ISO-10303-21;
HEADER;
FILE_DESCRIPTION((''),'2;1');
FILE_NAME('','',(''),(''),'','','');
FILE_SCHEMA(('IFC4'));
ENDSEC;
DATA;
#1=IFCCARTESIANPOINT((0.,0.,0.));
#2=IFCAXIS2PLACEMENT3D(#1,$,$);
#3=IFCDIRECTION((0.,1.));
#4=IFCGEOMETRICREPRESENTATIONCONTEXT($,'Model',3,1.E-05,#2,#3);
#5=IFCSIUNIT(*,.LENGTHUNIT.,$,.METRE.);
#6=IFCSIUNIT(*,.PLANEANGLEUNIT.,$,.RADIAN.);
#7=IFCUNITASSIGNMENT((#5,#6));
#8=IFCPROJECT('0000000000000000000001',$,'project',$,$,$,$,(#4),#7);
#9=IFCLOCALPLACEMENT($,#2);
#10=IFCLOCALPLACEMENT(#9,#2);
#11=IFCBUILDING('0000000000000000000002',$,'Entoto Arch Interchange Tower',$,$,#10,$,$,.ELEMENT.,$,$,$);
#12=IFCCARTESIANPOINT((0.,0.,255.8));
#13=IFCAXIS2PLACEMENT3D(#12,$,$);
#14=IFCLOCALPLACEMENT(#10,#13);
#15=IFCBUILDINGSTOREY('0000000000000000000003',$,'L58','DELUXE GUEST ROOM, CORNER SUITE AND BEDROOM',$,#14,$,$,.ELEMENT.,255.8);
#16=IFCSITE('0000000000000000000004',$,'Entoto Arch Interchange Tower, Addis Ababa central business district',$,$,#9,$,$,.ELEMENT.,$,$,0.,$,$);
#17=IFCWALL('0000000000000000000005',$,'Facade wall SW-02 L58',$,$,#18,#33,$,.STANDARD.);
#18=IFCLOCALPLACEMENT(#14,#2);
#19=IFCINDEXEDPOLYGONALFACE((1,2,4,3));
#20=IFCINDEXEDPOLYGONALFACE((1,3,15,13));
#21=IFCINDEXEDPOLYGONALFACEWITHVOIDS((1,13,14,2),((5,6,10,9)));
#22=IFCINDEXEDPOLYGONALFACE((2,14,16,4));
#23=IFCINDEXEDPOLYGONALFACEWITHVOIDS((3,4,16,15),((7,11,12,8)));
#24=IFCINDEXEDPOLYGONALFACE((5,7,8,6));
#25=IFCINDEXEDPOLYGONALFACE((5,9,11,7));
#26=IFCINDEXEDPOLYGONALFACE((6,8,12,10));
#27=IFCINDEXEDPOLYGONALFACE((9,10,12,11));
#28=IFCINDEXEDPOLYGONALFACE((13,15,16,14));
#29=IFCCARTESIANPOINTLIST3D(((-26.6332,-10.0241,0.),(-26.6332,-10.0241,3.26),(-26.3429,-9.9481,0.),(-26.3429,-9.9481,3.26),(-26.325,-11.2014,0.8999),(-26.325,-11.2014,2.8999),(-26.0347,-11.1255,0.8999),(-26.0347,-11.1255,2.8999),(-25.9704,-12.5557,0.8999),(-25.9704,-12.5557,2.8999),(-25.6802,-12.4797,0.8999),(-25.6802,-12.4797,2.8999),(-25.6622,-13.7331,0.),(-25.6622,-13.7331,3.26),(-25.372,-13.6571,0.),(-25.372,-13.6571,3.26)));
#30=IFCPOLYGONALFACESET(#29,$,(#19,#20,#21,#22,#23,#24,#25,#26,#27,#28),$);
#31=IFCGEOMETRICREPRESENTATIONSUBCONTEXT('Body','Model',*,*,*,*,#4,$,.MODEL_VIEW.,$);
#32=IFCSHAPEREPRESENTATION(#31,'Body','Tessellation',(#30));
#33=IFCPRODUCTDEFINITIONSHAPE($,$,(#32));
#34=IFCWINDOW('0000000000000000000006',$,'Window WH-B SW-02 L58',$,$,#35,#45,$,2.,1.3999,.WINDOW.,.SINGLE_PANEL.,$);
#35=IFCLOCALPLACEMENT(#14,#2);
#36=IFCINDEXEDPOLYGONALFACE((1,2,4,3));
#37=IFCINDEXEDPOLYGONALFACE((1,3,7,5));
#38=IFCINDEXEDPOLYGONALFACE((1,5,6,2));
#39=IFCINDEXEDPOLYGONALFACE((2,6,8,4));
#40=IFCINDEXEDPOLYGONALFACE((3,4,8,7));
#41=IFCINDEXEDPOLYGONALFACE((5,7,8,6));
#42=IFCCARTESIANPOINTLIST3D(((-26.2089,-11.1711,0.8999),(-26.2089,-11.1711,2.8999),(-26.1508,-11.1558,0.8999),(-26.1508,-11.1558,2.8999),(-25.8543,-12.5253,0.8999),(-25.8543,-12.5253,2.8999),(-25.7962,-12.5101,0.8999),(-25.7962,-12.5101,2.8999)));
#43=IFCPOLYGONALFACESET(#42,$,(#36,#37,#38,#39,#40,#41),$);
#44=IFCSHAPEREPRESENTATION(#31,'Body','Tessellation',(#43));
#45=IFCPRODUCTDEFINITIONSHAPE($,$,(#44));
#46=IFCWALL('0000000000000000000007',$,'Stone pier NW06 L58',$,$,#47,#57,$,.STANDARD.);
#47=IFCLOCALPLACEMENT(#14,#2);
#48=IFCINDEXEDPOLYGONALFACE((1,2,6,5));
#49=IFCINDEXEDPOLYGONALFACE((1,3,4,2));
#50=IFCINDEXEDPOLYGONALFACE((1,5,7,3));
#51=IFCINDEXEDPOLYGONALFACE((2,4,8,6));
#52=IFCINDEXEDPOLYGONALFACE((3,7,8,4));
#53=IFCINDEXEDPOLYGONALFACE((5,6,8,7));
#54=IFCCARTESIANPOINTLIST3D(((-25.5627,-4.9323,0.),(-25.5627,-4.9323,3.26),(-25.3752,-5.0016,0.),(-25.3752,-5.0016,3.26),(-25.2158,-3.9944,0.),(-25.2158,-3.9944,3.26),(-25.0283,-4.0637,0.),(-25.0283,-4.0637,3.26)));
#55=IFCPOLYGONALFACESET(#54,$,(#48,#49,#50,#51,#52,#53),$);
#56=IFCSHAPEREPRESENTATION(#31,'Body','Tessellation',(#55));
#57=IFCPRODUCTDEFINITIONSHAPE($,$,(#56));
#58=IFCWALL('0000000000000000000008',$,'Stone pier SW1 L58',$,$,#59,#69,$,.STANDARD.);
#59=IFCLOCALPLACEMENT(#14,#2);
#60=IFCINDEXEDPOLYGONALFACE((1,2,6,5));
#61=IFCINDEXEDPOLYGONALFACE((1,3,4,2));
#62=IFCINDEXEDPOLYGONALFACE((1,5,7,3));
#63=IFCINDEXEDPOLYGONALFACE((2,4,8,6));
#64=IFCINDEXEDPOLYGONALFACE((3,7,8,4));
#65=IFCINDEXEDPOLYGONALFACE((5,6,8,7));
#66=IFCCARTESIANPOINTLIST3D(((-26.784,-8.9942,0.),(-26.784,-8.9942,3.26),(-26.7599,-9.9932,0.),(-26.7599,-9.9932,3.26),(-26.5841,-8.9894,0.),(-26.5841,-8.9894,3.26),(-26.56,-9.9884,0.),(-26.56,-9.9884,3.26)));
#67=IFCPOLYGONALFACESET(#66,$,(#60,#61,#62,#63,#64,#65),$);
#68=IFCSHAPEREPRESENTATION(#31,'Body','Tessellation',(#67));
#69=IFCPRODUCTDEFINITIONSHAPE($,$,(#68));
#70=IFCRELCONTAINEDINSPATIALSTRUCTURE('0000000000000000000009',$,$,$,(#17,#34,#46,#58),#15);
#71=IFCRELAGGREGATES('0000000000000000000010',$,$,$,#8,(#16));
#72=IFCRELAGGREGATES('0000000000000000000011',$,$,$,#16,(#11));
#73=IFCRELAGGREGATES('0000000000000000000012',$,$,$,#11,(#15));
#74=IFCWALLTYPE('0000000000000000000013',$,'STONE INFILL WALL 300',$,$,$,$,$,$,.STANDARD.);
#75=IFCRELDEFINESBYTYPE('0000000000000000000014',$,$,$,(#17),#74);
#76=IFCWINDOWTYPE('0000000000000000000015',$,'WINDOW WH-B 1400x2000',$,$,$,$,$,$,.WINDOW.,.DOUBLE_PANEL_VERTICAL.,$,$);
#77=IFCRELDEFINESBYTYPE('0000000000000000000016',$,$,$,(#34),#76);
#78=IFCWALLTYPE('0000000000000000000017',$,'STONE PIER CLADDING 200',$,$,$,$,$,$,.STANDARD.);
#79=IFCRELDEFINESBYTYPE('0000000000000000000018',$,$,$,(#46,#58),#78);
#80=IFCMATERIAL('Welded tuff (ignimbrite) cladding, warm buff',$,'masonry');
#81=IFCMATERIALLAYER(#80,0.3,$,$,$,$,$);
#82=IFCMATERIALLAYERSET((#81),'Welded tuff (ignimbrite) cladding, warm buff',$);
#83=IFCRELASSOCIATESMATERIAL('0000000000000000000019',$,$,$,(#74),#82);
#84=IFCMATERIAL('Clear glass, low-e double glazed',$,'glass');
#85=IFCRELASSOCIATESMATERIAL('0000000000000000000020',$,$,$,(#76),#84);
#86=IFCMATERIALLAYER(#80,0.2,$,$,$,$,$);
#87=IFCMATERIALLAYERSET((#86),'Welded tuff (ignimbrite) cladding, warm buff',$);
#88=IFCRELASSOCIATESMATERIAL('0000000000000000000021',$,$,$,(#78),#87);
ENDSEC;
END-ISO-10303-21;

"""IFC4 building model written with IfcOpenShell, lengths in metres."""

from ifc_helpers import new_model, si_unit, direction, frame, frame_2d, origin, place, context, subcontext, project, spatial, rectangle, extrude, material, layer, layer_set, type_object, element, fill, save


model = new_model("IFC4")

# Units and contexts
model_context = context("Model", 3, precision=1e-05, world=origin(), true_north=direction((0.0, 1.0)))
body_context = subcontext(model_context, "Body", "Model", "MODEL_VIEW")
ifc_project = project(units=[si_unit("LENGTHUNIT", "METRE"), si_unit("PLANEANGLEUNIT", "RADIAN")], contexts=[model_context])

# Site, building, storey
site_placement = place(None, origin())
site = spatial("IfcSite", under=ifc_project, at=site_placement, Name="Entoto Arch Interchange Tower, Addis Ababa central business district", CompositionType="ELEMENT", RefElevation=0.0)
building_placement = place(site_placement, origin())
building = spatial("IfcBuilding", under=site, at=building_placement, Name="Entoto Arch Interchange Tower", CompositionType="ELEMENT")
storey_placement = place(building_placement, frame((0.0, 0.0, 255.8)))
storey = spatial("IfcBuildingStorey", under=building, at=storey_placement, Name="L58", Description="DELUXE GUEST ROOM, CORNER SUITE AND BEDROOM", CompositionType="ELEMENT", Elevation=255.8)

# Wall, opening, window
ifc_material_1 = material(Name="Welded tuff (ignimbrite) cladding, warm buff", Category="masonry")
ifc_layer_1 = layer(ifc_material_1, 0.3)
ifc_layer_set_1 = layer_set([ifc_layer_1], Name="Welded tuff (ignimbrite) cladding, warm buff")
wall_type_1 = type_object("IfcWallType", Name="STONE INFILL WALL 300", PredefinedType="STANDARD", material=ifc_layer_set_1)
ifc_material_2 = material(Name="Clear glass, low-e double glazed", Category="glass")
window_type = type_object("IfcWindowType", Name="WINDOW WH-B 1400x2000", PartitioningType="DOUBLE_PANEL_VERTICAL", PredefinedType="WINDOW", material=ifc_material_2)
wall_1_placement = place(storey_placement, frame((-26.488, -9.9861, 0.0), z_axis=(0.0, 0.0, 1.0), x_axis=(0.253249, -0.967401, 0.0)))
wall_1 = element("IfcWall", 1, at=wall_1_placement, inside=storey, type_object=wall_type_1, Name="Facade wall SW-02 L58", PredefinedType="STANDARD", context=body_context, shape_type="SweptSolid", body=[
    extrude(rectangle(XDim=3.834, YDim=0.3, at=frame_2d((1.917, 0.0))), origin(), (0.0, 0.0, 1.0), 3.26),
])
opening_1_placement = place(wall_1_placement, frame((1.217, 0.0, 0.8999)))
opening_1 = element("IfcOpeningElement", 2, at=opening_1_placement, cuts=wall_1, PredefinedType="OPENING", context=body_context, shape_type="SweptSolid", body=[
    extrude(rectangle(XDim=1.3999, YDim=2.0, at=frame_2d((0.7, 1.0))), frame((0.0, 0.1602, 0.0), z_axis=(0.0, -1.0, 0.0), x_axis=(1.0, 0.0, 0.0)), (0.0, 0.0, 1.0), 0.3201),
])
window_1_placement = place(opening_1_placement, origin())
window_1 = element("IfcWindow", 3, at=window_1_placement, inside=storey, type_object=window_type, Name="Window WH-B SW-02 L58", OverallHeight=2.0, OverallWidth=1.3999, PartitioningType="SINGLE_PANEL", PredefinedType="WINDOW", context=body_context, shape_type="SweptSolid", body=[
    extrude(rectangle(XDim=1.3999, YDim=2.0, at=frame_2d((0.7, 1.0))), frame((0.0, 0.03, 0.0), z_axis=(0.0, -1.0, 0.0), x_axis=(1.0, 0.0, 0.0)), (0.0, 0.0, 1.0), 0.0601),
])
fill(opening_1, window_1)

# Walls
ifc_layer_2 = layer(ifc_material_1, 0.2)
ifc_layer_set_2 = layer_set([ifc_layer_2], Name="Welded tuff (ignimbrite) cladding, warm buff")
wall_type_2 = type_object("IfcWallType", Name="STONE PIER CLADDING 200", PredefinedType="STANDARD", material=ifc_layer_set_2)
wall_2_placement = place(storey_placement, frame((-25.1221, -4.0291, 0.0), z_axis=(0.0, 0.0, 1.0), x_axis=(-0.346893, -0.937905, 0.0)))
element("IfcWall", 4, at=wall_2_placement, inside=storey, type_object=wall_type_2, Name="Stone pier NW06 L58", PredefinedType="STANDARD", context=body_context, shape_type="SweptSolid", body=[
    extrude(rectangle(XDim=1.0, YDim=0.2, at=frame_2d((0.5, 0.0))), origin(), (0.0, 0.0, 1.0), 3.26),
])
wall_3_placement = place(storey_placement, frame((-26.6841, -8.9919, 0.0), z_axis=(0.0, 0.0, 1.0), x_axis=(0.024186, -0.999707, 0.0)))
element("IfcWall", 5, at=wall_3_placement, inside=storey, type_object=wall_type_2, Name="Stone pier SW1 L58", PredefinedType="STANDARD", context=body_context, shape_type="SweptSolid", body=[
    extrude(rectangle(XDim=0.9993, YDim=0.2, at=frame_2d((0.4995, 0.0))), origin(), (0.0, 0.0, 1.0), 3.26),
])

save(model, "model.ifc")
